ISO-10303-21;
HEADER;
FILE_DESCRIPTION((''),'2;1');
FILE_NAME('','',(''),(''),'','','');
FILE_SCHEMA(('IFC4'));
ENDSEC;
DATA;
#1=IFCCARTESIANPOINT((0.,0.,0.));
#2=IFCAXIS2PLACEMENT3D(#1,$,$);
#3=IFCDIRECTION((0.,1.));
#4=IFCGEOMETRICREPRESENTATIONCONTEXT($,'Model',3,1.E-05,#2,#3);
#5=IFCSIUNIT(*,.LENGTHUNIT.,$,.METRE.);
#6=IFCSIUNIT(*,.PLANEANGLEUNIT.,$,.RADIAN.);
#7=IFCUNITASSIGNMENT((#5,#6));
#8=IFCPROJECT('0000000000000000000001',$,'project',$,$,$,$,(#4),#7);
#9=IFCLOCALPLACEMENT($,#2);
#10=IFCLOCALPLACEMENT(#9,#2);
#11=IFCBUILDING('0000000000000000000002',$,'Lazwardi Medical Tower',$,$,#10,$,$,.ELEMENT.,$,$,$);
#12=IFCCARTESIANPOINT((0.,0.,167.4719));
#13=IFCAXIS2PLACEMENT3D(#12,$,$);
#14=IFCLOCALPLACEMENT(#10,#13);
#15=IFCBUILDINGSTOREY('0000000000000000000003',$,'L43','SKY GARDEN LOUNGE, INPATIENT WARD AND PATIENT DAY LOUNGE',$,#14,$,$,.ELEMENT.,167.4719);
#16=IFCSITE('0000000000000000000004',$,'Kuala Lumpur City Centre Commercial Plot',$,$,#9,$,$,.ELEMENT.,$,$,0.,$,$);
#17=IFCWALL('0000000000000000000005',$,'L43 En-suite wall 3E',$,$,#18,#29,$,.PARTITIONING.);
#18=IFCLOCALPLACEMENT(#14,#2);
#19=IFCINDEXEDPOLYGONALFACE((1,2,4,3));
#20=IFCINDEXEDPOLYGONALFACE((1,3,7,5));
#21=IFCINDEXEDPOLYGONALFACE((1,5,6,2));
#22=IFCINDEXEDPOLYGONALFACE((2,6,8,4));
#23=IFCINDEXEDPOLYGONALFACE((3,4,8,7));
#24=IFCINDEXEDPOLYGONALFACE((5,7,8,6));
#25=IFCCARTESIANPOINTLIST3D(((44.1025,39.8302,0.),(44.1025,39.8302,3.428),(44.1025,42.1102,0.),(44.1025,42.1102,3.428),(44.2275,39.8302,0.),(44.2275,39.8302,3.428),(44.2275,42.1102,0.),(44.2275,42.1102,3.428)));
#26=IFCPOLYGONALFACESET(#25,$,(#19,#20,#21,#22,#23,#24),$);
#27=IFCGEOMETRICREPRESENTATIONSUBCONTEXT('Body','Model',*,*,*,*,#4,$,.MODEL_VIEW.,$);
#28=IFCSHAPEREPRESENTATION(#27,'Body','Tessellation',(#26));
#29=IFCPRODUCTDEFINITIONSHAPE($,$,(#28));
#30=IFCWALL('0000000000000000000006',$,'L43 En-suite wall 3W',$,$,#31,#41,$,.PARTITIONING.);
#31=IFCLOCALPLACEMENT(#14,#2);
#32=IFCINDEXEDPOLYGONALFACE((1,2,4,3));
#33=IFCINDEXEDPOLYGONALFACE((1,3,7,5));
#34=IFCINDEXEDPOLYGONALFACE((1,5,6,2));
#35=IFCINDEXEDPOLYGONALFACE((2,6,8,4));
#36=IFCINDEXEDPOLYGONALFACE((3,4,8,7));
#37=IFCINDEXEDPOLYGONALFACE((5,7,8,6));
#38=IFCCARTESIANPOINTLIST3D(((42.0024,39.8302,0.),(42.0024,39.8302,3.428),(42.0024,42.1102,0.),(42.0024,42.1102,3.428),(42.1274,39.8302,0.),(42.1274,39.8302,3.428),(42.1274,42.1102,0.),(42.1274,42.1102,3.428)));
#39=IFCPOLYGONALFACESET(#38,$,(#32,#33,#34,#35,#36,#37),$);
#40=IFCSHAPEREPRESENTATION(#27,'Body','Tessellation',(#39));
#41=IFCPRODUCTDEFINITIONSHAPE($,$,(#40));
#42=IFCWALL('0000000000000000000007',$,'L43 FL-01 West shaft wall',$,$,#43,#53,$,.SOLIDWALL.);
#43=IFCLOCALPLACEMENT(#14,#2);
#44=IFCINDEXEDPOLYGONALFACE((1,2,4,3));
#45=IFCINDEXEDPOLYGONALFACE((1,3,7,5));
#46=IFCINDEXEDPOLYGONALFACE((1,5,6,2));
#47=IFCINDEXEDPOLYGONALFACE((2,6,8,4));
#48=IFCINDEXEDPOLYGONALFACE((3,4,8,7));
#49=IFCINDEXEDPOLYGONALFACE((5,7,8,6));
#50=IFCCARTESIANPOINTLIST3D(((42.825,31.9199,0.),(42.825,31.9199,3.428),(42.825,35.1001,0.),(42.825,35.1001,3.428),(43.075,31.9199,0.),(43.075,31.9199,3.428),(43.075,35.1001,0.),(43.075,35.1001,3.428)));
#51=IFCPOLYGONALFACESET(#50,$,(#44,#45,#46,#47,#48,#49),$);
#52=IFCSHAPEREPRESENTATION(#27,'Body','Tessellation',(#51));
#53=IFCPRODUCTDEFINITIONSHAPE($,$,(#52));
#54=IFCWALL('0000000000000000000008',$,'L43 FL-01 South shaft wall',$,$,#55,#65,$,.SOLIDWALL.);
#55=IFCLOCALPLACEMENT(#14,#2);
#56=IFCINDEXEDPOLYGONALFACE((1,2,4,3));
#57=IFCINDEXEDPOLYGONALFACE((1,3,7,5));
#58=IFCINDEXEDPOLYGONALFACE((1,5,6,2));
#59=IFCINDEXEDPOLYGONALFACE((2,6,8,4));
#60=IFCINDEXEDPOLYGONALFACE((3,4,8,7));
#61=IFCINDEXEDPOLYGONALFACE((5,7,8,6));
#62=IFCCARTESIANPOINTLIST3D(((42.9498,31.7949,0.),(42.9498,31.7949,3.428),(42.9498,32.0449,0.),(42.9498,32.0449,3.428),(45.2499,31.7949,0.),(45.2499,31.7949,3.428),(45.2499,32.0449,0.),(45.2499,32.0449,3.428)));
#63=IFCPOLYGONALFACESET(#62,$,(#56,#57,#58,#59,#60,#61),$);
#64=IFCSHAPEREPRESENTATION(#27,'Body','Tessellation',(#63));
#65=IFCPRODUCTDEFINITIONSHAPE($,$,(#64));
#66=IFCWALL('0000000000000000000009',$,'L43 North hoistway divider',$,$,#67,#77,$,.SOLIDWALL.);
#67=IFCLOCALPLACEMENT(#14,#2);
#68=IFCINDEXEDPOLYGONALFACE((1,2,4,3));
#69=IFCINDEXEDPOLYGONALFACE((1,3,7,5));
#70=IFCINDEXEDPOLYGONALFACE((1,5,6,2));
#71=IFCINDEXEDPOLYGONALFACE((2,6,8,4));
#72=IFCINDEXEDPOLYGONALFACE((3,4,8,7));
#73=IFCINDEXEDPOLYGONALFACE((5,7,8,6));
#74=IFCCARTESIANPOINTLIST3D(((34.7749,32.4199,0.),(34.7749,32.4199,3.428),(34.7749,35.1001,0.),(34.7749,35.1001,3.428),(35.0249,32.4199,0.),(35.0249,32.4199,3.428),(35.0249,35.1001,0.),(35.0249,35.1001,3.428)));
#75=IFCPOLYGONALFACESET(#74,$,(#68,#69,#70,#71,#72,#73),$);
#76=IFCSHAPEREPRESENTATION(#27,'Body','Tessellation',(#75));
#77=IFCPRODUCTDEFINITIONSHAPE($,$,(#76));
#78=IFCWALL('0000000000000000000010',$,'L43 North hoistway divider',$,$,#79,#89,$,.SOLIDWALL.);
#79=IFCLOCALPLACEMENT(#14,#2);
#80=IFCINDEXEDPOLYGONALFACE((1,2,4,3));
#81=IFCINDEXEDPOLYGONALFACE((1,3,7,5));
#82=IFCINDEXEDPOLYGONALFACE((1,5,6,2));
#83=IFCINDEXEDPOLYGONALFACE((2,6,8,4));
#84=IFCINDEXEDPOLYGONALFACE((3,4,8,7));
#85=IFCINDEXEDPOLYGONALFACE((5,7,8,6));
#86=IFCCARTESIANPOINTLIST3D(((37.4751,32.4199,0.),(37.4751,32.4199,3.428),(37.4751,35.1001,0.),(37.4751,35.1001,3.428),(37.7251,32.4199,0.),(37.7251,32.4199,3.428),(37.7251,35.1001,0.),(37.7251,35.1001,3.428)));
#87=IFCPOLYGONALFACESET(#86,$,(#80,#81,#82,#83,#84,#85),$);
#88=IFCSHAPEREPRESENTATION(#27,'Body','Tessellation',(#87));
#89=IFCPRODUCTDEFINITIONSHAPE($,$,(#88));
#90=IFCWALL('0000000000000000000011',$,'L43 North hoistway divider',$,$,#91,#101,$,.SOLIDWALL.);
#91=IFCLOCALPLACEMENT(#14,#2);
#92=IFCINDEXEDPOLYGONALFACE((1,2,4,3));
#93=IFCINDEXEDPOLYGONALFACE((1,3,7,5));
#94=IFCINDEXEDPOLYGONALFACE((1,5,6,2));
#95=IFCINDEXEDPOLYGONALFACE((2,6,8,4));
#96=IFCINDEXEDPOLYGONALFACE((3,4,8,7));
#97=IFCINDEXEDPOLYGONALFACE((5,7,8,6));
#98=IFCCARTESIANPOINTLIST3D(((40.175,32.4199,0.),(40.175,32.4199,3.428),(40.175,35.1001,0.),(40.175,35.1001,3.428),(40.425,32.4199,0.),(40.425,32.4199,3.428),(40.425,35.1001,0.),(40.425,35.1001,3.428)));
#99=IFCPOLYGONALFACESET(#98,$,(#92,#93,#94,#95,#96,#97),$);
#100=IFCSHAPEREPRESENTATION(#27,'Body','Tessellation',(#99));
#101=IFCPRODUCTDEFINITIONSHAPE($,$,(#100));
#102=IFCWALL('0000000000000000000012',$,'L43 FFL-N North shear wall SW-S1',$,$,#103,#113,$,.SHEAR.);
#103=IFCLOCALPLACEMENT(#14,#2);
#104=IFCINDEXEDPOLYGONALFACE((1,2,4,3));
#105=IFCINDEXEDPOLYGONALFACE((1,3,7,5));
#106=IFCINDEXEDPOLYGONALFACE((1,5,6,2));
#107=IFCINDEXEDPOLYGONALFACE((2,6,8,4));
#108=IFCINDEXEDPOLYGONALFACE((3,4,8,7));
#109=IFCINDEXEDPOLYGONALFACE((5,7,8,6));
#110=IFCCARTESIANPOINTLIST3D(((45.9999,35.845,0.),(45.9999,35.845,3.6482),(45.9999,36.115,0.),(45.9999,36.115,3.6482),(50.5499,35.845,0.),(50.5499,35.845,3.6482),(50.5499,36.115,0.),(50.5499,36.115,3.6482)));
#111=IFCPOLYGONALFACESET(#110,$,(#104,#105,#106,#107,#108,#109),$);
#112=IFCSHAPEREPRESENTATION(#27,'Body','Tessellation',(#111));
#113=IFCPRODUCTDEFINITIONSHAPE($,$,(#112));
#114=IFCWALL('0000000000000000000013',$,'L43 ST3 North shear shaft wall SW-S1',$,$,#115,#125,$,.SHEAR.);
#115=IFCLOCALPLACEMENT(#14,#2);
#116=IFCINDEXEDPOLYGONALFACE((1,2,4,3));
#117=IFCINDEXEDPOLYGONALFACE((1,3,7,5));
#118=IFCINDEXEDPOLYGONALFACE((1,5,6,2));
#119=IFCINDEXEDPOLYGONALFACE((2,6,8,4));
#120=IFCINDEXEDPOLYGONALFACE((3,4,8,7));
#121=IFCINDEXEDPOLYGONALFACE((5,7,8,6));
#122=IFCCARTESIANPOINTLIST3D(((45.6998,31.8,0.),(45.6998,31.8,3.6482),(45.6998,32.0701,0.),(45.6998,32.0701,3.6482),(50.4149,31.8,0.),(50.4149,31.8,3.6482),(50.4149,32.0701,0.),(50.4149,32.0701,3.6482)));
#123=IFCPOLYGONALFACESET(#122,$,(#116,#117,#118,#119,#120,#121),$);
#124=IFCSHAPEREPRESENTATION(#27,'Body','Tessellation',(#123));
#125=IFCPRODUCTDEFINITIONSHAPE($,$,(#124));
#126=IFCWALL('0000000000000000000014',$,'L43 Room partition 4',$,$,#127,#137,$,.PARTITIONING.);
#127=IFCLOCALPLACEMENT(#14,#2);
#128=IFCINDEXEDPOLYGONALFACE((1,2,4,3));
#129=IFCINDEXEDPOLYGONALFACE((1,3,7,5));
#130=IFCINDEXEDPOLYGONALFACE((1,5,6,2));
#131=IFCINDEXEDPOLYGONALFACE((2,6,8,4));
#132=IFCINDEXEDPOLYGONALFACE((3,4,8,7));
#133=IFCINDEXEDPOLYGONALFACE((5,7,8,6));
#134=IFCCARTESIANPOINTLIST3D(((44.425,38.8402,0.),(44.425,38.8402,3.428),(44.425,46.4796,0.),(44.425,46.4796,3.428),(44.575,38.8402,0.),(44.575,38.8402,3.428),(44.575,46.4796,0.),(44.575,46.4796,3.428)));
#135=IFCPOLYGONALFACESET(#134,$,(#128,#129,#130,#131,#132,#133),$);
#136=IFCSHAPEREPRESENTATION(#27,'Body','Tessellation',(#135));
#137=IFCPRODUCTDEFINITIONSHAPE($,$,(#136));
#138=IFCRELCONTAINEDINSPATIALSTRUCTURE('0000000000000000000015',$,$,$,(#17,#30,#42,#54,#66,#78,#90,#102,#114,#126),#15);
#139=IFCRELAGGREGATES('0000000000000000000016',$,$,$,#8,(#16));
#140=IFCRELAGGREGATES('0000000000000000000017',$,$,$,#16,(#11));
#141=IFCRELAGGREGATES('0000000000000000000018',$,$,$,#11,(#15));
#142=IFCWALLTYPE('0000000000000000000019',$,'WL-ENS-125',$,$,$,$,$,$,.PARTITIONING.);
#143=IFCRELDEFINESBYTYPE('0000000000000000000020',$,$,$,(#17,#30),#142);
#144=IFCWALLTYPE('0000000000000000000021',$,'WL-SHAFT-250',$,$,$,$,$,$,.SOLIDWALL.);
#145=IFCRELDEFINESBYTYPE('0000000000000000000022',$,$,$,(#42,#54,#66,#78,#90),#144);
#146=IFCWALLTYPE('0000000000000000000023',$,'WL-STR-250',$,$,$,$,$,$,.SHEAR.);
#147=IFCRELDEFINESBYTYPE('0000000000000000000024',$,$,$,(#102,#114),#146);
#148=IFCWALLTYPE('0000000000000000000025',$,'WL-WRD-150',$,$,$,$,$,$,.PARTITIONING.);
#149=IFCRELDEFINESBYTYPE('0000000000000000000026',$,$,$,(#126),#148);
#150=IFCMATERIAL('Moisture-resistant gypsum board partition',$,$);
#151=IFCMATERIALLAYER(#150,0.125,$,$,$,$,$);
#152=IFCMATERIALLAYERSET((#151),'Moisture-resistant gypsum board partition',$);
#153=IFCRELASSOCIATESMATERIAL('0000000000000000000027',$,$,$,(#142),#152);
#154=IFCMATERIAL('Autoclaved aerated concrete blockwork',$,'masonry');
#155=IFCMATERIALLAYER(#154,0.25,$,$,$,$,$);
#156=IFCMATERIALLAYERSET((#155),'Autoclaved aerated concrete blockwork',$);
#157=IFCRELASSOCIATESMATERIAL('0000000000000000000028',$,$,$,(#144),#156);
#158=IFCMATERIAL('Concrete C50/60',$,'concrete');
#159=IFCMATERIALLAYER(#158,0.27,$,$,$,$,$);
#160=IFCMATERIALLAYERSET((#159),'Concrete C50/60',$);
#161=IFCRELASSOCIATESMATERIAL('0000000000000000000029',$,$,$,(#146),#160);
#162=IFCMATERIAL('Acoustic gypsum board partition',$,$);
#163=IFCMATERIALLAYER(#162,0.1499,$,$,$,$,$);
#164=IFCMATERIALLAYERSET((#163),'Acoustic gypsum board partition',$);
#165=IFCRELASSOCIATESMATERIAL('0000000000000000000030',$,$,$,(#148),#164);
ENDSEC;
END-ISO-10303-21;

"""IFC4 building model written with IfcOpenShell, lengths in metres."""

from ifc_helpers import new_model, si_unit, direction, frame, frame_2d, origin, place, context, subcontext, project, spatial, rectangle, extrude, material, layer, layer_set, type_object, element, save


model = new_model("IFC4")

# Units and contexts
model_context = context("Model", 3, precision=1e-05, world=origin(), true_north=direction((0.0, 1.0)))
body_context = subcontext(model_context, "Body", "Model", "MODEL_VIEW")
ifc_project = project(units=[si_unit("LENGTHUNIT", "METRE"), si_unit("PLANEANGLEUNIT", "RADIAN")], contexts=[model_context])

# Site, building, storey
site_placement = place(None, origin())
site = spatial("IfcSite", under=ifc_project, at=site_placement, Name="Kuala Lumpur City Centre Commercial Plot", CompositionType="ELEMENT", RefElevation=0.0)
building_placement = place(site_placement, origin())
building = spatial("IfcBuilding", under=site, at=building_placement, Name="Lazwardi Medical Tower", CompositionType="ELEMENT")
storey_placement = place(building_placement, frame((0.0, 0.0, 167.4719)))
storey = spatial("IfcBuildingStorey", under=building, at=storey_placement, Name="L43", Description="SKY GARDEN LOUNGE, INPATIENT WARD AND PATIENT DAY LOUNGE", CompositionType="ELEMENT", Elevation=167.4719)

# Walls
ifc_material_1 = material(Name="Moisture-resistant gypsum board partition")
ifc_layer_1 = layer(ifc_material_1, 0.125)
ifc_layer_set_1 = layer_set([ifc_layer_1], Name="Moisture-resistant gypsum board partition")
wall_type_1 = type_object("IfcWallType", Name="WL-ENS-125", PredefinedType="PARTITIONING", material=ifc_layer_set_1)
for number, where, z_axis, x_axis, name in (
    (1, (44.165, 39.8301, 0.0), (0.0, 0.0, 1.0), (0.0, 1.0, 0.0), "L43 En-suite wall 3E"),
    (2, (42.0649, 39.8301, 0.0), (0.0, 0.0, 1.0), (0.0, 1.0, 0.0), "L43 En-suite wall 3W"),
):
    element("IfcWall", number, at=place(storey_placement, frame(where, z_axis=z_axis, x_axis=x_axis)), inside=storey, type_object=wall_type_1, Name=name, PredefinedType="PARTITIONING", context=body_context, shape_type="SweptSolid", body=[
        extrude(rectangle(XDim=2.28, YDim=0.125, at=frame_2d((1.1401, 0.0))), origin(), (0.0, 0.0, 1.0), 3.428),
    ])
ifc_material_2 = material(Name="Autoclaved aerated concrete blockwork", Category="masonry")
ifc_layer_2 = layer(ifc_material_2, 0.25)
ifc_layer_set_2 = layer_set([ifc_layer_2], Name="Autoclaved aerated concrete blockwork")
wall_type_2 = type_object("IfcWallType", Name="WL-SHAFT-250", PredefinedType="SOLIDWALL", material=ifc_layer_set_2)
wall_1_placement = place(storey_placement, frame((42.95, 31.9199, 0.0), z_axis=(0.0, 0.0, 1.0), x_axis=(0.0, 1.0, 0.0)))
element("IfcWall", 3, at=wall_1_placement, inside=storey, type_object=wall_type_2, Name="L43 FL-01 West shaft wall", PredefinedType="SOLIDWALL", context=body_context, shape_type="SweptSolid", body=[
    extrude(rectangle(XDim=3.1802, YDim=0.25, at=frame_2d((1.5901, 0.0))), origin(), (0.0, 0.0, 1.0), 3.428),
])
wall_2_placement = place(storey_placement, frame((42.95, 31.9199, 0.0), z_axis=(0.0, 0.0, 1.0), x_axis=(1.0, 0.0, 0.0)))
element("IfcWall", 4, at=wall_2_placement, inside=storey, type_object=wall_type_2, Name="L43 FL-01 South shaft wall", PredefinedType="SOLIDWALL", context=body_context, shape_type="SweptSolid", body=[
    extrude(rectangle(XDim=2.3, YDim=0.25, at=frame_2d((1.1499, 0.0))), origin(), (0.0, 0.0, 1.0), 3.428),
])
for number, where, z_axis, x_axis, name in (
    (5, (34.8999, 32.4199, 0.0), (0.0, 0.0, 1.0), (0.0, 1.0, 0.0), "L43 North hoistway divider"),
    (6, (37.6001, 32.4199, 0.0), (0.0, 0.0, 1.0), (0.0, 1.0, 0.0), "L43 North hoistway divider"),
    (7, (40.3, 32.4199, 0.0), (0.0, 0.0, 1.0), (0.0, 1.0, 0.0), "L43 North hoistway divider"),
):
    element("IfcWall", number, at=place(storey_placement, frame(where, z_axis=z_axis, x_axis=x_axis)), inside=storey, type_object=wall_type_2, Name=name, PredefinedType="SOLIDWALL", context=body_context, shape_type="SweptSolid", body=[
        extrude(rectangle(XDim=2.6802, YDim=0.25, at=frame_2d((1.3401, 0.0))), origin(), (0.0, 0.0, 1.0), 3.428),
    ])
ifc_material_3 = material(Name="Concrete C50/60", Category="concrete")
ifc_layer_3 = layer(ifc_material_3, 0.27)
ifc_layer_set_3 = layer_set([ifc_layer_3], Name="Concrete C50/60")
wall_type_3 = type_object("IfcWallType", Name="WL-STR-250", PredefinedType="SHEAR", material=ifc_layer_set_3)
wall_3_placement = place(storey_placement, frame((46.0, 35.98, 0.0), z_axis=(0.0, 0.0, 1.0), x_axis=(1.0, 0.0, 0.0)))
element("IfcWall", 8, at=wall_3_placement, inside=storey, type_object=wall_type_3, Name="L43 FFL-N North shear wall SW-S1", PredefinedType="SHEAR", context=body_context, shape_type="SweptSolid", body=[
    extrude(rectangle(XDim=4.55, YDim=0.27, at=frame_2d((2.2749, 0.0))), origin(), (0.0, 0.0, 1.0), 3.6482),
])
wall_4_placement = place(storey_placement, frame((45.7, 31.9351, 0.0), z_axis=(0.0, 0.0, 1.0), x_axis=(1.0, 0.0, 0.0)))
element("IfcWall", 9, at=wall_4_placement, inside=storey, type_object=wall_type_3, Name="L43 ST3 North shear shaft wall SW-S1", PredefinedType="SHEAR", context=body_context, shape_type="SweptSolid", body=[
    extrude(rectangle(XDim=4.7151, YDim=0.27, at=frame_2d((2.3574, 0.0))), origin(), (0.0, 0.0, 1.0), 3.6482),
])
ifc_material_4 = material(Name="Acoustic gypsum board partition")
ifc_layer_4 = layer(ifc_material_4, 0.1499)
ifc_layer_set_4 = layer_set([ifc_layer_4], Name="Acoustic gypsum board partition")
wall_type_4 = type_object("IfcWallType", Name="WL-WRD-150", PredefinedType="PARTITIONING", material=ifc_layer_set_4)
wall_5_placement = place(storey_placement, frame((44.5, 38.8401, 0.0), z_axis=(0.0, 0.0, 1.0), x_axis=(0.0, 1.0, 0.0)))
element("IfcWall", 10, at=wall_5_placement, inside=storey, type_object=wall_type_4, Name="L43 Room partition 4", PredefinedType="PARTITIONING", context=body_context, shape_type="SweptSolid", body=[
    extrude(rectangle(XDim=7.6394, YDim=0.1499, at=frame_2d((3.8198, 0.0))), origin(), (0.0, 0.0, 1.0), 3.428),
])

save(model, "model.ifc")
